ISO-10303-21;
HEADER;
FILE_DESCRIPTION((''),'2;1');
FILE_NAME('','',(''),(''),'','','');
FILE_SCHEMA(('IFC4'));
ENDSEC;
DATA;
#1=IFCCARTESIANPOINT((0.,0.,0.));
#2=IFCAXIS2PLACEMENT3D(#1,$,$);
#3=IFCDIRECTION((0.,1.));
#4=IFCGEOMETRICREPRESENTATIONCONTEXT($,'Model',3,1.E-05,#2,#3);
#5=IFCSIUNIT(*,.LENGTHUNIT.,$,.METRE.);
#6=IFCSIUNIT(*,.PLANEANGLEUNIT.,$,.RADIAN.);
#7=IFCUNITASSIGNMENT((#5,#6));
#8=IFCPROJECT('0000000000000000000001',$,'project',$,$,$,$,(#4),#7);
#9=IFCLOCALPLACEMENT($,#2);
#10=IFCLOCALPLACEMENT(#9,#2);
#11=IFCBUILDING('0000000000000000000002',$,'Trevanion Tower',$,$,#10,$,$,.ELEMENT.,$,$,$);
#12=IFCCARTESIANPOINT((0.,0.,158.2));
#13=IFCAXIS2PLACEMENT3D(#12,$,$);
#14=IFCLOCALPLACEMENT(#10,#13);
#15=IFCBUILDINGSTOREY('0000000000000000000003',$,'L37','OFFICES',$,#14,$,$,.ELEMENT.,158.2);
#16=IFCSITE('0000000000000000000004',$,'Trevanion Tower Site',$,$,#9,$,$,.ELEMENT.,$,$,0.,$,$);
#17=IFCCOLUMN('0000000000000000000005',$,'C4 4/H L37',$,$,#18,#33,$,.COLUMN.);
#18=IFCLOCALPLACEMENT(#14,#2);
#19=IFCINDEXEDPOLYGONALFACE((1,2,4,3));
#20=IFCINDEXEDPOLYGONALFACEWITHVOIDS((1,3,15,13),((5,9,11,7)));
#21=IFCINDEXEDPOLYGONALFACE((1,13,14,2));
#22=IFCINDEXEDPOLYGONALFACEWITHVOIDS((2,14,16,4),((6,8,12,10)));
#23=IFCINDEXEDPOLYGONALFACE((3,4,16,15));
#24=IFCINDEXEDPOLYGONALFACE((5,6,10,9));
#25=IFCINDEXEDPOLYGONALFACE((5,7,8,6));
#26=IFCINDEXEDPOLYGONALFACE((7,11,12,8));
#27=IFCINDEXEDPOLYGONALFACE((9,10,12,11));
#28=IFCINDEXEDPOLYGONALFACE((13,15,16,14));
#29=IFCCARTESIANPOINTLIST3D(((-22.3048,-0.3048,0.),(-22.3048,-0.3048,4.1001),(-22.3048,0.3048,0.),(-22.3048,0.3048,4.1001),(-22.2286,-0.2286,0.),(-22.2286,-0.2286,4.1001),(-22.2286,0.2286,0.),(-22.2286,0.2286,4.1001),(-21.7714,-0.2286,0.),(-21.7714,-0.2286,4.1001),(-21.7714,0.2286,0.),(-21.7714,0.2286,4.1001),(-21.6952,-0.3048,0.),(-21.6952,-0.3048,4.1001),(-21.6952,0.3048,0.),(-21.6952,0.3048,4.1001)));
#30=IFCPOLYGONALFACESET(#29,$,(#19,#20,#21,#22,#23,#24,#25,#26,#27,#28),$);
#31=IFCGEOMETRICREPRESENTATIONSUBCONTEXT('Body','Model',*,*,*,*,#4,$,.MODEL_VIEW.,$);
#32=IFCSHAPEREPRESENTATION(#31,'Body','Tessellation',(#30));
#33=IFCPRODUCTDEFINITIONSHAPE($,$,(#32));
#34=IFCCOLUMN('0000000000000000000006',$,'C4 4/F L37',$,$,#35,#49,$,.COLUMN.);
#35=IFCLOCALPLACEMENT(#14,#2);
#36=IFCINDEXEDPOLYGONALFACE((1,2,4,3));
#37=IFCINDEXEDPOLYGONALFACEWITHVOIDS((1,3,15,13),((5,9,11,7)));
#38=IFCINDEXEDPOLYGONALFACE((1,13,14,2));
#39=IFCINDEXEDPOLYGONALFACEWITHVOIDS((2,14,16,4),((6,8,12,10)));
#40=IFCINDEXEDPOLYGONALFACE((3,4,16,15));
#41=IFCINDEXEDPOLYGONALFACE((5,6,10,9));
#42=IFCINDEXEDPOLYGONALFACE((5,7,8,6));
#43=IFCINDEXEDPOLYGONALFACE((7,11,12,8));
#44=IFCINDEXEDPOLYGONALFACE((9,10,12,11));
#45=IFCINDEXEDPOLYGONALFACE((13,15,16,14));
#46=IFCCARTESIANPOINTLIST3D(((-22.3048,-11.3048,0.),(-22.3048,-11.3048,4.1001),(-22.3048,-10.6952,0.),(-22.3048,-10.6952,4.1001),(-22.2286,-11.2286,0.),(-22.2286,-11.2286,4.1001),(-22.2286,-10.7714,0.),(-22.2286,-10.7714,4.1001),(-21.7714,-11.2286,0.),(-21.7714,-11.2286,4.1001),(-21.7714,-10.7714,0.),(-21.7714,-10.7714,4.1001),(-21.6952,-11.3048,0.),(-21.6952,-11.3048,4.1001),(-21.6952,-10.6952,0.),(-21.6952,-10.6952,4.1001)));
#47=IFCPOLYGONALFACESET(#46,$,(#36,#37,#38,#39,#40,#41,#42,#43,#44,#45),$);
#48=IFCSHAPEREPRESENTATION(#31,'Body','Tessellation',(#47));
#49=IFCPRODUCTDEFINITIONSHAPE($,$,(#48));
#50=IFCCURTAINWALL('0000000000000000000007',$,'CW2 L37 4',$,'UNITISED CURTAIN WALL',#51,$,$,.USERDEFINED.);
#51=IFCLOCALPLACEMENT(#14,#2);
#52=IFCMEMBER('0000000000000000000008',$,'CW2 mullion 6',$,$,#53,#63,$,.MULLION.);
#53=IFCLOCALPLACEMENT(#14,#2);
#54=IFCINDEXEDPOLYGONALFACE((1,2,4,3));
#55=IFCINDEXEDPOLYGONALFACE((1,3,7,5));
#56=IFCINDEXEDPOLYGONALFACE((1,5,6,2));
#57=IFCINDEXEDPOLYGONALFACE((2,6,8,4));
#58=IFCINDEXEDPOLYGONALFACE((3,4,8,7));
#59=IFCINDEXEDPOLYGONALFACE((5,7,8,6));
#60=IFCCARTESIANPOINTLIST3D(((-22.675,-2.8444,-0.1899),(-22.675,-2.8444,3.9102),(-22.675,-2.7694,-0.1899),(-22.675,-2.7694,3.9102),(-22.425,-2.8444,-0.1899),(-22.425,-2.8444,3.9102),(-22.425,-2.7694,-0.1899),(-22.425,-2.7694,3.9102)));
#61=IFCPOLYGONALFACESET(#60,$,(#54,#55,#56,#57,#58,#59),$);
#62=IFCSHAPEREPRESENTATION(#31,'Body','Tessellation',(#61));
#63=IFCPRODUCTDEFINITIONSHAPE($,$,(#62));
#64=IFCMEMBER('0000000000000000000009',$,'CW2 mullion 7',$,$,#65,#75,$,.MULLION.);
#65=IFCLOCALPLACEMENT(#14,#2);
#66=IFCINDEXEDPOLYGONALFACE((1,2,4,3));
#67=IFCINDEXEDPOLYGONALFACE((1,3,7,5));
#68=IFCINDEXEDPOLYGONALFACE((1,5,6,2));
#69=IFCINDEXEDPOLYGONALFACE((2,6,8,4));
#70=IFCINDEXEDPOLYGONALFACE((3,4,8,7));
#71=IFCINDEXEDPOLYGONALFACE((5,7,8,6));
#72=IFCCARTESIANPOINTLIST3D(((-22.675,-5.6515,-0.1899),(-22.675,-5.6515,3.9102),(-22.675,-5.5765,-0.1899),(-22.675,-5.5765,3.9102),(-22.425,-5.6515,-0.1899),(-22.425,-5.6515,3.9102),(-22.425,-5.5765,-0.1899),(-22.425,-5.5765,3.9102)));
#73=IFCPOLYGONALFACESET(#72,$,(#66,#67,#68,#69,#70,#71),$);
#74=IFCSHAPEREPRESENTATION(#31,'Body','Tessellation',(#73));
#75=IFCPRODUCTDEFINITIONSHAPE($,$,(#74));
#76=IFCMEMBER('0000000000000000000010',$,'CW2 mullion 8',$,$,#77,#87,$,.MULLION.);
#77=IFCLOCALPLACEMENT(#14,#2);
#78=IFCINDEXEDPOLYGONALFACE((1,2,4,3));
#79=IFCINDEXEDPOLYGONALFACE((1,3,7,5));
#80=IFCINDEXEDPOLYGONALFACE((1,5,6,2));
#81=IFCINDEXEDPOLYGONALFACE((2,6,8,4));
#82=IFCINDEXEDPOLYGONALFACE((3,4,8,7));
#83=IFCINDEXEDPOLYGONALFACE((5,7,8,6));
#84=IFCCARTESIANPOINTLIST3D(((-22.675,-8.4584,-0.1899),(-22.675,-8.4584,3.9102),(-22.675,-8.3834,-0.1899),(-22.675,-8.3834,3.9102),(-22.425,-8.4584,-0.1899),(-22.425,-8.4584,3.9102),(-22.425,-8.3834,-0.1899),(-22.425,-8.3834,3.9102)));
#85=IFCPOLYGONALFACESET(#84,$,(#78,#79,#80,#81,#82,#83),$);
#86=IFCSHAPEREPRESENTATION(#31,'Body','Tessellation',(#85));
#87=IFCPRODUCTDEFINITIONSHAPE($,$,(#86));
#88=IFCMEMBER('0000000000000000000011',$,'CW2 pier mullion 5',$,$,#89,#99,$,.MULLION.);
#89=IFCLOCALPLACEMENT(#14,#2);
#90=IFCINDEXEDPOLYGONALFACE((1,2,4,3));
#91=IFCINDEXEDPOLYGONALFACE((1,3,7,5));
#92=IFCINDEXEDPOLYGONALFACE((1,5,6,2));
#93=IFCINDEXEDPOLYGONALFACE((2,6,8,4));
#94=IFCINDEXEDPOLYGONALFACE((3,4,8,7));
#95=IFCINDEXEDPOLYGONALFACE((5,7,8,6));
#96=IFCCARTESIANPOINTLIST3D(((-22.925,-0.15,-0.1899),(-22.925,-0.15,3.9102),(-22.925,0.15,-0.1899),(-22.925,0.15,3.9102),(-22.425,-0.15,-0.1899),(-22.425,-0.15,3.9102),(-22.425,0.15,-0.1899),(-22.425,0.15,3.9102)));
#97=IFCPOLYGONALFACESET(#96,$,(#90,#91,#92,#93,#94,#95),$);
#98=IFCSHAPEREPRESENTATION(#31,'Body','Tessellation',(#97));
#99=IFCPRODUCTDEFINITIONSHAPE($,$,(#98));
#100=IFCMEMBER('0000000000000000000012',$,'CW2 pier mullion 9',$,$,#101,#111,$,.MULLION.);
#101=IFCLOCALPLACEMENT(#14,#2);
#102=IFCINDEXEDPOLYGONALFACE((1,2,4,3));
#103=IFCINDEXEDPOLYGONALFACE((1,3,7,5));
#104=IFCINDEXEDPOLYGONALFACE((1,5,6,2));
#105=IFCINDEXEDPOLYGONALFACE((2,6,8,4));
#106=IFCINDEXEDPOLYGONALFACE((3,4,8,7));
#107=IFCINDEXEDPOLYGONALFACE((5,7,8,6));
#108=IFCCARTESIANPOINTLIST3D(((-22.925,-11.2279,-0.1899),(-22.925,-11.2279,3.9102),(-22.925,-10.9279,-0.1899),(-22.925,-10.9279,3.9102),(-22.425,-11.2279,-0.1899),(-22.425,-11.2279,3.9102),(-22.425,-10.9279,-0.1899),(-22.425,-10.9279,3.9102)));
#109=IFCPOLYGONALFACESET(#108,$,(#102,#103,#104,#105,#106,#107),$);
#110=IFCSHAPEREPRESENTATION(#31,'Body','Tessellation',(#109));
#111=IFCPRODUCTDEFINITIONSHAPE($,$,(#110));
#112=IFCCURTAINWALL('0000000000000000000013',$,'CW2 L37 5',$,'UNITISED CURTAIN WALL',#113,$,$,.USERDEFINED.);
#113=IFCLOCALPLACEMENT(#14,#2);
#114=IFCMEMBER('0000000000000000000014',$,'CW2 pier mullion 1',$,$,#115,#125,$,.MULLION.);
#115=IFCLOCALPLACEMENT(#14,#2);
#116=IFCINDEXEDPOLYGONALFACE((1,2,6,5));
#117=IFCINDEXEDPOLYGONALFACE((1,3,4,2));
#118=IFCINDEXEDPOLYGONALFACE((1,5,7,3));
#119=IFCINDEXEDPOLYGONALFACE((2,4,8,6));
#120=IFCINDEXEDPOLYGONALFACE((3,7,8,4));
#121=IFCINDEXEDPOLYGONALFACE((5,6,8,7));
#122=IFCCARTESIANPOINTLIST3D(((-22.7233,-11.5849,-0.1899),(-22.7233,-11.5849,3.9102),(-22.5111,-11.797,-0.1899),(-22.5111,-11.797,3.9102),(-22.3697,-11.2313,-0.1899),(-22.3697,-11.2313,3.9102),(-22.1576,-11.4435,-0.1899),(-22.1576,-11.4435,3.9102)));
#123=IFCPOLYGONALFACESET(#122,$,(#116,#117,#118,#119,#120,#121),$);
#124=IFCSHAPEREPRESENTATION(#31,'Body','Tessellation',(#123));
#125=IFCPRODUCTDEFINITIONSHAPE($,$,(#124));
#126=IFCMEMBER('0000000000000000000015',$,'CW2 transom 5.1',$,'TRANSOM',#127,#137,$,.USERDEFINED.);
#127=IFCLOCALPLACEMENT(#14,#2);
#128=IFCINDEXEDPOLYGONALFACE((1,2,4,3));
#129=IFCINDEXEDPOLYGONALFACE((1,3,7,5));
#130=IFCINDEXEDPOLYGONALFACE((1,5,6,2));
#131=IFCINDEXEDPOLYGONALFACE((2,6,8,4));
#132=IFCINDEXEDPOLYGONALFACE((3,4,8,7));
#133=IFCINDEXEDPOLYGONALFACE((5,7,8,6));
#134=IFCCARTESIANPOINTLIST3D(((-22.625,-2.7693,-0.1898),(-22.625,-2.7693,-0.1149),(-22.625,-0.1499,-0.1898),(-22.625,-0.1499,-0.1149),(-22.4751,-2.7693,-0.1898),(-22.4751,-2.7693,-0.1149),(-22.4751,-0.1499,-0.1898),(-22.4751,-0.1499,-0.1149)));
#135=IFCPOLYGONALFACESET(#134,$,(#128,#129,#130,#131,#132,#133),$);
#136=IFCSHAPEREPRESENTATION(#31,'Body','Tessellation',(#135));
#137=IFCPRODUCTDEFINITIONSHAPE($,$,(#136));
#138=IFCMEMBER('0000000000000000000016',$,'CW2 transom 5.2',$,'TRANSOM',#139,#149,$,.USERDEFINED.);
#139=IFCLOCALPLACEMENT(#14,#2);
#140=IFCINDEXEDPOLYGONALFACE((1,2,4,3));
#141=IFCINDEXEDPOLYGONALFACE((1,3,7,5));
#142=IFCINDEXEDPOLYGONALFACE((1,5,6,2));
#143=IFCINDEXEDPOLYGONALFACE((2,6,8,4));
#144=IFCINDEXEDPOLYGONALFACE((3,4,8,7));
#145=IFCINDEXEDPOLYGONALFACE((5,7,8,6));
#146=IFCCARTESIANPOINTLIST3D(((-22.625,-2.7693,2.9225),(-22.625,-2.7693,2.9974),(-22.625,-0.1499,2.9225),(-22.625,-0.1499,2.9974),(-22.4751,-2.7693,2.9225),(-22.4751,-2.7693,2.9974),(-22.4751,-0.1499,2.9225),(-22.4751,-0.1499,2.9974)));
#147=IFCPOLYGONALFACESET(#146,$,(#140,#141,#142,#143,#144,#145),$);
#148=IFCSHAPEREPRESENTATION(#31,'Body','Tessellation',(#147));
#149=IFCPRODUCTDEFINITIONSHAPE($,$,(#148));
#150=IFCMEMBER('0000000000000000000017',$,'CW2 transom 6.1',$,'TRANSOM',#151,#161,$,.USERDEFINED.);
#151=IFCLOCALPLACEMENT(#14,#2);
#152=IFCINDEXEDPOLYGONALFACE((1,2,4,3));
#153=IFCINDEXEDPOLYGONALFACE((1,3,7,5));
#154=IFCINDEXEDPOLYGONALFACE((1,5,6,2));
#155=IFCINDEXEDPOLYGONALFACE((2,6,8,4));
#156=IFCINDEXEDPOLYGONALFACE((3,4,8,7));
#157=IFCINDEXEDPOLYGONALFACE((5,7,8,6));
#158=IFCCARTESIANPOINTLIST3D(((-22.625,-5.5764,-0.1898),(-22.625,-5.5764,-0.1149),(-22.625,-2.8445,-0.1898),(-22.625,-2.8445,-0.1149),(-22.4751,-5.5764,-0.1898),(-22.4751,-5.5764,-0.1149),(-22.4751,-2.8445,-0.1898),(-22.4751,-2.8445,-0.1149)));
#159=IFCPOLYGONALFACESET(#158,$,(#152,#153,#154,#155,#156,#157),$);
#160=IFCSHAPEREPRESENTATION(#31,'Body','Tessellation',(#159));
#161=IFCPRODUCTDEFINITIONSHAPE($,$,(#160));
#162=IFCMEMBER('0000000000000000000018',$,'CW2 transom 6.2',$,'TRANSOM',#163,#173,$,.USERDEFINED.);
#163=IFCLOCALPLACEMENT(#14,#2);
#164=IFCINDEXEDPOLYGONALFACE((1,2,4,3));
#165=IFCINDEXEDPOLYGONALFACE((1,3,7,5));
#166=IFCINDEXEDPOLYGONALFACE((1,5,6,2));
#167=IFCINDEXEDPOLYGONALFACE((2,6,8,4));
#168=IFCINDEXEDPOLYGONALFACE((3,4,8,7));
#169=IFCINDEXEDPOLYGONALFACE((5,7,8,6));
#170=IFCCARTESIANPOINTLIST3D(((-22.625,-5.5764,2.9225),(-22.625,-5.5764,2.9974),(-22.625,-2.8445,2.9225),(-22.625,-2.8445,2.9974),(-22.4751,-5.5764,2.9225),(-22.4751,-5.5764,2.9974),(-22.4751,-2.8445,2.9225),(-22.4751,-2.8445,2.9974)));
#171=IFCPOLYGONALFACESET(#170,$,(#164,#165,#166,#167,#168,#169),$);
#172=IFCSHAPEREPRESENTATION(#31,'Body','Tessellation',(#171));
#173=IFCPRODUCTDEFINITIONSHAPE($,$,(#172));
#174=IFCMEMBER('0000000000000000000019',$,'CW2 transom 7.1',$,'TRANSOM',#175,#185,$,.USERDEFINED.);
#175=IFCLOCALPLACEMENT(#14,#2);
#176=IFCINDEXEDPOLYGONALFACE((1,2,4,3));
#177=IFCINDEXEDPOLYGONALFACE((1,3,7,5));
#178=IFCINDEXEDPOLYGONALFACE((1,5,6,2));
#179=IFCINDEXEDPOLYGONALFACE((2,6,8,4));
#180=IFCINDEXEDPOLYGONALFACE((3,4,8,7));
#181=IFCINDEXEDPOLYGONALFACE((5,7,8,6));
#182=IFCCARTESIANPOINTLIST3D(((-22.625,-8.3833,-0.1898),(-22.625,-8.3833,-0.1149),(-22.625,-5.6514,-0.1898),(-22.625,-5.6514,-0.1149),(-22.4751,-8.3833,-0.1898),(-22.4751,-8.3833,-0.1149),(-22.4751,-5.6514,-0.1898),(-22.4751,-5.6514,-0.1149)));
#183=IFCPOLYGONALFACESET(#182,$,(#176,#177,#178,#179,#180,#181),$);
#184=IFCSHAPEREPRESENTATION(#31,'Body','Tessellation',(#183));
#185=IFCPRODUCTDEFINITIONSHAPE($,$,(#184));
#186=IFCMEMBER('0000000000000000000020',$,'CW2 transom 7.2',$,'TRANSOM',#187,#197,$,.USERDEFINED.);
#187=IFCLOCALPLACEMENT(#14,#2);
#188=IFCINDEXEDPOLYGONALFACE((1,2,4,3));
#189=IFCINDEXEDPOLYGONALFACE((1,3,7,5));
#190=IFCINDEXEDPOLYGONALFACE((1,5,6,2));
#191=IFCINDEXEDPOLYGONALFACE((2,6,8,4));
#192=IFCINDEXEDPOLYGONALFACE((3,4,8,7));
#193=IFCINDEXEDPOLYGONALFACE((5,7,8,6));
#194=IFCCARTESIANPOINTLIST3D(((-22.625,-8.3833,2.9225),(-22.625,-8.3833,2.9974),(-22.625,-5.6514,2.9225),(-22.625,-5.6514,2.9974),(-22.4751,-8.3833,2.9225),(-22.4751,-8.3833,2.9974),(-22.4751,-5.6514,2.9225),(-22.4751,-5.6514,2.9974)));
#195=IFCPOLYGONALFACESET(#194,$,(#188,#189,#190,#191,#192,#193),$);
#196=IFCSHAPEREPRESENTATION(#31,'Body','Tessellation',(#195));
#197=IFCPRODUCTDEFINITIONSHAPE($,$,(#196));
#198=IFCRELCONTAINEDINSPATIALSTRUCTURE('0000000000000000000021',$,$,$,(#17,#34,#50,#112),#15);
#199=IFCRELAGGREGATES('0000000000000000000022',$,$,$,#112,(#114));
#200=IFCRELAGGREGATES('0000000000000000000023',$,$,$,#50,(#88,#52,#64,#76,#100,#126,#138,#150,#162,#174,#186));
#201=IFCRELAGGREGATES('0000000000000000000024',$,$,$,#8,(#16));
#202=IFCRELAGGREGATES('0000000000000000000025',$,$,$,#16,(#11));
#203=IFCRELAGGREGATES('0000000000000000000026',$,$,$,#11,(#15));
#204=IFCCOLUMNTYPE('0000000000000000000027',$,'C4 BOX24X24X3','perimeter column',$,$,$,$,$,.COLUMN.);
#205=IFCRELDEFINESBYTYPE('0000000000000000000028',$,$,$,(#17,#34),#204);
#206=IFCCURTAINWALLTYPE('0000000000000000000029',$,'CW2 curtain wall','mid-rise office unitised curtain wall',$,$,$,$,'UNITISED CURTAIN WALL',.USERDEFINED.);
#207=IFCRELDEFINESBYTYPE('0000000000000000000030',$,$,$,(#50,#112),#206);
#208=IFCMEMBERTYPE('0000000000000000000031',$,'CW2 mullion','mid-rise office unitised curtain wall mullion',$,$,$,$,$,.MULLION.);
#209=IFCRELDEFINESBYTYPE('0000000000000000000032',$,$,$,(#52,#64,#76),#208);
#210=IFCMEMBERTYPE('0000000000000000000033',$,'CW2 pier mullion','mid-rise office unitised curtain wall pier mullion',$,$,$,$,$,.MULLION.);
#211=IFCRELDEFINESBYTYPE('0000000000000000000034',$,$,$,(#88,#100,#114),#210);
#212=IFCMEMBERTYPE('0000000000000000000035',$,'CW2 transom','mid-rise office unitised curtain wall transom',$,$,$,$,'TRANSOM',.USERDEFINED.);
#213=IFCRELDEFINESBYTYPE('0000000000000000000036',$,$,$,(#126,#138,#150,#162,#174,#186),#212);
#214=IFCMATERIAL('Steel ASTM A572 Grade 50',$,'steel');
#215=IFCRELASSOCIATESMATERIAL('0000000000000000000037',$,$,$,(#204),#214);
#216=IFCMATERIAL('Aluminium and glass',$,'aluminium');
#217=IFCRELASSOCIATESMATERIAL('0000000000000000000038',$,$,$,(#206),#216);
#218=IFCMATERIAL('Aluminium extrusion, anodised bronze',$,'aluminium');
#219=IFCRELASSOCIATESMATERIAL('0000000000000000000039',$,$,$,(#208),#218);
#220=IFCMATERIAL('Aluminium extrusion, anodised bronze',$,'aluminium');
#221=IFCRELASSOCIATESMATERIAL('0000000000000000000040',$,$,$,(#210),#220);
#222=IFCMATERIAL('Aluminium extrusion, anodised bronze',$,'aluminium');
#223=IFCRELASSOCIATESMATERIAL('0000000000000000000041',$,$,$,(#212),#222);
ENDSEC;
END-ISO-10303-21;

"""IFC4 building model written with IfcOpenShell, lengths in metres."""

from ifc_helpers import new_model, si_unit, direction, frame, origin, origin_2d, place, context, subcontext, project, spatial, rectangle, hollow_rectangle, extrude, material, material_profile, profile_set, type_object, element, aggregate, save


model = new_model("IFC4")

# Units and contexts
model_context = context("Model", 3, precision=1e-05, world=origin(), true_north=direction((0.0, 1.0)))
body_context = subcontext(model_context, "Body", "Model", "MODEL_VIEW")
ifc_project = project(units=[si_unit("LENGTHUNIT", "METRE"), si_unit("PLANEANGLEUNIT", "RADIAN")], contexts=[model_context])

# Site, building, storey
site_placement = place(None, origin())
site = spatial("IfcSite", under=ifc_project, at=site_placement, Name="Trevanion Tower Site", CompositionType="ELEMENT", RefElevation=0.0)
building_placement = place(site_placement, origin())
building = spatial("IfcBuilding", under=site, at=building_placement, Name="Trevanion Tower", CompositionType="ELEMENT")
storey_placement = place(building_placement, frame((0.0, 0.0, 158.2)))
storey = spatial("IfcBuildingStorey", under=building, at=storey_placement, Name="L37", Description="OFFICES", CompositionType="ELEMENT", Elevation=158.2)

# Columns
ifc_material_1 = material(Name="Steel ASTM A572 Grade 50", Category="steel")
ifc_material_profile_1 = material_profile(ifc_material_1, hollow_rectangle(XDim=0.6096, YDim=0.6096, WallThickness=0.0762, at=origin_2d()), Name="BOX24X24X3")
ifc_profile_set_1 = profile_set([ifc_material_profile_1], Name="Steel ASTM A572 Grade 50")
column_type = type_object("IfcColumnType", Name="C4 BOX24X24X3", Description="perimeter column", PredefinedType="COLUMN", material=ifc_profile_set_1)
for number, where, z_axis, x_axis, name in (
    (1, (-22.0, 0.0, 0.0), (0.0, 0.0, 1.0), (0.0, 1.0, 0.0), "C4 4/H L37"),
    (2, (-22.0, -11.0, 0.0), (0.0, 0.0, 1.0), (0.0, 1.0, 0.0), "C4 4/F L37"),
):
    element("IfcColumn", number, at=place(storey_placement, frame(where, z_axis=z_axis, x_axis=x_axis)), inside=storey, type_object=column_type, Name=name, PredefinedType="COLUMN", context=body_context, shape_type="SweptSolid", body=[
        extrude(hollow_rectangle(XDim=0.6096, YDim=0.6096, WallThickness=0.0762, at=origin_2d()), origin(), (0.0, 0.0, 1.0), 4.1001),
    ])

# Curtain wall, members
ifc_material_2 = material(Name="Aluminium and glass", Category="aluminium")
curtain_wall_type = type_object("IfcCurtainWallType", Name="CW2 curtain wall", Description="mid-rise office unitised curtain wall", ElementType="UNITISED CURTAIN WALL", PredefinedType="USERDEFINED", material=ifc_material_2)
curtain_wall_1_placement = place(storey_placement, origin())
curtain_wall_1 = element("IfcCurtainWall", 3, at=curtain_wall_1_placement, inside=storey, type_object=curtain_wall_type, Name="CW2 L37 4", ObjectType="UNITISED CURTAIN WALL", PredefinedType="USERDEFINED")
ifc_material_3 = material(Name="Aluminium extrusion, anodised bronze", Category="aluminium")
ifc_material_profile_2 = material_profile(ifc_material_3, rectangle(XDim=0.075, YDim=0.25, at=origin_2d()), Name="CW2 mullion")
ifc_profile_set_2 = profile_set([ifc_material_profile_2], Name="Aluminium extrusion, anodised bronze")
member_type_1 = type_object("IfcMemberType", Name="CW2 mullion", Description="mid-rise office unitised curtain wall mullion", PredefinedType="MULLION", material=ifc_profile_set_2)
member_1_placement = place(storey_placement, frame((-22.55, -2.8069, -0.1899), z_axis=(0.0, 0.0, 1.0), x_axis=(0.0, -1.0, 0.0)))
member_1 = element("IfcMember", 4, at=member_1_placement, type_object=member_type_1, Name="CW2 mullion 6", PredefinedType="MULLION", context=body_context, shape_type="SweptSolid", body=[
    extrude(rectangle(XDim=0.075, YDim=0.25, at=origin_2d()), origin(), (0.0, 0.0, 1.0), 4.1001),
])
member_2_placement = place(storey_placement, frame((-22.55, -5.614, -0.1899), z_axis=(0.0, 0.0, 1.0), x_axis=(0.0, -1.0, 0.0)))
member_2 = element("IfcMember", 5, at=member_2_placement, type_object=member_type_1, Name="CW2 mullion 7", PredefinedType="MULLION", context=body_context, shape_type="SweptSolid", body=[
    extrude(rectangle(XDim=0.075, YDim=0.25, at=origin_2d()), origin(), (0.0, 0.0, 1.0), 4.1001),
])
member_3_placement = place(storey_placement, frame((-22.55, -8.4209, -0.1899), z_axis=(0.0, 0.0, 1.0), x_axis=(0.0, -1.0, 0.0)))
member_3 = element("IfcMember", 6, at=member_3_placement, type_object=member_type_1, Name="CW2 mullion 8", PredefinedType="MULLION", context=body_context, shape_type="SweptSolid", body=[
    extrude(rectangle(XDim=0.075, YDim=0.25, at=origin_2d()), origin(), (0.0, 0.0, 1.0), 4.1001),
])
ifc_material_4 = material(Name="Aluminium extrusion, anodised bronze", Category="aluminium")
ifc_material_profile_3 = material_profile(ifc_material_4, rectangle(XDim=0.3, YDim=0.5, at=origin_2d()), Name="CW2 pier mullion")
ifc_profile_set_3 = profile_set([ifc_material_profile_3], Name="Aluminium extrusion, anodised bronze")
member_type_2 = type_object("IfcMemberType", Name="CW2 pier mullion", Description="mid-rise office unitised curtain wall pier mullion", PredefinedType="MULLION", material=ifc_profile_set_3)
member_4_placement = place(storey_placement, frame((-22.675, 0.0, -0.1899), z_axis=(0.0, 0.0, 1.0), x_axis=(0.0, -1.0, 0.0)))
member_4 = element("IfcMember", 7, at=member_4_placement, type_object=member_type_2, Name="CW2 pier mullion 5", PredefinedType="MULLION", context=body_context, shape_type="SweptSolid", body=[
    extrude(rectangle(XDim=0.3, YDim=0.5, at=origin_2d()), origin(), (0.0, 0.0, 1.0), 4.1001),
])
member_5_placement = place(storey_placement, frame((-22.675, -11.0779, -0.1899), z_axis=(0.0, 0.0, 1.0), x_axis=(0.0, -1.0, 0.0)))
member_5 = element("IfcMember", 8, at=member_5_placement, type_object=member_type_2, Name="CW2 pier mullion 9", PredefinedType="MULLION", context=body_context, shape_type="SweptSolid", body=[
    extrude(rectangle(XDim=0.3, YDim=0.5, at=origin_2d()), origin(), (0.0, 0.0, 1.0), 4.1001),
])

# Curtain wall, member
curtain_wall_2_placement = place(storey_placement, origin())
curtain_wall_2 = element("IfcCurtainWall", 9, at=curtain_wall_2_placement, inside=storey, type_object=curtain_wall_type, Name="CW2 L37 5", ObjectType="UNITISED CURTAIN WALL", PredefinedType="USERDEFINED")
member_6_placement = place(storey_placement, frame((-22.4404, -11.5142, -0.1899), z_axis=(0.0, 0.0, 1.0), x_axis=(0.707107, -0.707107, 0.0)))
member_6 = element("IfcMember", 10, at=member_6_placement, type_object=member_type_2, Name="CW2 pier mullion 1", PredefinedType="MULLION", context=body_context, shape_type="SweptSolid", body=[
    extrude(rectangle(XDim=0.3, YDim=0.5, at=origin_2d()), origin(), (0.0, 0.0, 1.0), 4.1001),
])

# Members
ifc_material_5 = material(Name="Aluminium extrusion, anodised bronze", Category="aluminium")
ifc_material_profile_4 = material_profile(ifc_material_5, rectangle(XDim=0.1499, YDim=0.075, at=origin_2d()), Name="CW2 transom")
ifc_profile_set_4 = profile_set([ifc_material_profile_4], Name="Aluminium extrusion, anodised bronze")
member_type_3 = type_object("IfcMemberType", Name="CW2 transom", Description="mid-rise office unitised curtain wall transom", ElementType="TRANSOM", PredefinedType="USERDEFINED", material=ifc_profile_set_4)
member_7_placement = place(storey_placement, frame((-22.55, -0.1499, -0.1523), z_axis=(0.0, -1.0, 0.0), x_axis=(1.0, 0.0, 0.0)))
member_7 = element("IfcMember", 11, at=member_7_placement, type_object=member_type_3, Name="CW2 transom 5.1", ObjectType="TRANSOM", PredefinedType="USERDEFINED", context=body_context, shape_type="SweptSolid", body=[
    extrude(rectangle(XDim=0.1499, YDim=0.075, at=origin_2d()), origin(), (0.0, 0.0, 1.0), 2.6194),
])
member_8_placement = place(storey_placement, frame((-22.55, -0.1499, 2.96), z_axis=(0.0, -1.0, 0.0), x_axis=(1.0, 0.0, 0.0)))
member_8 = element("IfcMember", 12, at=member_8_placement, type_object=member_type_3, Name="CW2 transom 5.2", ObjectType="TRANSOM", PredefinedType="USERDEFINED", context=body_context, shape_type="SweptSolid", body=[
    extrude(rectangle(XDim=0.1499, YDim=0.075, at=origin_2d()), origin(), (0.0, 0.0, 1.0), 2.6194),
])
member_9_placement = place(storey_placement, frame((-22.55, -2.8445, -0.1523), z_axis=(0.0, -1.0, 0.0), x_axis=(1.0, 0.0, 0.0)))
member_9 = element("IfcMember", 13, at=member_9_placement, type_object=member_type_3, Name="CW2 transom 6.1", ObjectType="TRANSOM", PredefinedType="USERDEFINED", context=body_context, shape_type="SweptSolid", body=[
    extrude(rectangle(XDim=0.1499, YDim=0.075, at=origin_2d()), origin(), (0.0, 0.0, 1.0), 2.7319),
])
member_10_placement = place(storey_placement, frame((-22.55, -2.8445, 2.96), z_axis=(0.0, -1.0, 0.0), x_axis=(1.0, 0.0, 0.0)))
member_10 = element("IfcMember", 14, at=member_10_placement, type_object=member_type_3, Name="CW2 transom 6.2", ObjectType="TRANSOM", PredefinedType="USERDEFINED", context=body_context, shape_type="SweptSolid", body=[
    extrude(rectangle(XDim=0.1499, YDim=0.075, at=origin_2d()), origin(), (0.0, 0.0, 1.0), 2.7319),
])
member_11_placement = place(storey_placement, frame((-22.55, -5.6514, -0.1523), z_axis=(0.0, -1.0, 0.0), x_axis=(1.0, 0.0, 0.0)))
member_11 = element("IfcMember", 15, at=member_11_placement, type_object=member_type_3, Name="CW2 transom 7.1", ObjectType="TRANSOM", PredefinedType="USERDEFINED", context=body_context, shape_type="SweptSolid", body=[
    extrude(rectangle(XDim=0.1499, YDim=0.075, at=origin_2d()), origin(), (0.0, 0.0, 1.0), 2.7319),
])
member_12_placement = place(storey_placement, frame((-22.55, -5.6514, 2.96), z_axis=(0.0, -1.0, 0.0), x_axis=(1.0, 0.0, 0.0)))
member_12 = element("IfcMember", 16, at=member_12_placement, type_object=member_type_3, Name="CW2 transom 7.2", ObjectType="TRANSOM", PredefinedType="USERDEFINED", context=body_context, shape_type="SweptSolid", body=[
    extrude(rectangle(XDim=0.1499, YDim=0.075, at=origin_2d()), origin(), (0.0, 0.0, 1.0), 2.7319),
])
aggregate(curtain_wall_2, [member_6])

aggregate(curtain_wall_1, [member_4, member_1, member_2, member_3, member_5, member_7, member_8, member_9, member_10, member_11, member_12])

save(model, "model.ifc")
